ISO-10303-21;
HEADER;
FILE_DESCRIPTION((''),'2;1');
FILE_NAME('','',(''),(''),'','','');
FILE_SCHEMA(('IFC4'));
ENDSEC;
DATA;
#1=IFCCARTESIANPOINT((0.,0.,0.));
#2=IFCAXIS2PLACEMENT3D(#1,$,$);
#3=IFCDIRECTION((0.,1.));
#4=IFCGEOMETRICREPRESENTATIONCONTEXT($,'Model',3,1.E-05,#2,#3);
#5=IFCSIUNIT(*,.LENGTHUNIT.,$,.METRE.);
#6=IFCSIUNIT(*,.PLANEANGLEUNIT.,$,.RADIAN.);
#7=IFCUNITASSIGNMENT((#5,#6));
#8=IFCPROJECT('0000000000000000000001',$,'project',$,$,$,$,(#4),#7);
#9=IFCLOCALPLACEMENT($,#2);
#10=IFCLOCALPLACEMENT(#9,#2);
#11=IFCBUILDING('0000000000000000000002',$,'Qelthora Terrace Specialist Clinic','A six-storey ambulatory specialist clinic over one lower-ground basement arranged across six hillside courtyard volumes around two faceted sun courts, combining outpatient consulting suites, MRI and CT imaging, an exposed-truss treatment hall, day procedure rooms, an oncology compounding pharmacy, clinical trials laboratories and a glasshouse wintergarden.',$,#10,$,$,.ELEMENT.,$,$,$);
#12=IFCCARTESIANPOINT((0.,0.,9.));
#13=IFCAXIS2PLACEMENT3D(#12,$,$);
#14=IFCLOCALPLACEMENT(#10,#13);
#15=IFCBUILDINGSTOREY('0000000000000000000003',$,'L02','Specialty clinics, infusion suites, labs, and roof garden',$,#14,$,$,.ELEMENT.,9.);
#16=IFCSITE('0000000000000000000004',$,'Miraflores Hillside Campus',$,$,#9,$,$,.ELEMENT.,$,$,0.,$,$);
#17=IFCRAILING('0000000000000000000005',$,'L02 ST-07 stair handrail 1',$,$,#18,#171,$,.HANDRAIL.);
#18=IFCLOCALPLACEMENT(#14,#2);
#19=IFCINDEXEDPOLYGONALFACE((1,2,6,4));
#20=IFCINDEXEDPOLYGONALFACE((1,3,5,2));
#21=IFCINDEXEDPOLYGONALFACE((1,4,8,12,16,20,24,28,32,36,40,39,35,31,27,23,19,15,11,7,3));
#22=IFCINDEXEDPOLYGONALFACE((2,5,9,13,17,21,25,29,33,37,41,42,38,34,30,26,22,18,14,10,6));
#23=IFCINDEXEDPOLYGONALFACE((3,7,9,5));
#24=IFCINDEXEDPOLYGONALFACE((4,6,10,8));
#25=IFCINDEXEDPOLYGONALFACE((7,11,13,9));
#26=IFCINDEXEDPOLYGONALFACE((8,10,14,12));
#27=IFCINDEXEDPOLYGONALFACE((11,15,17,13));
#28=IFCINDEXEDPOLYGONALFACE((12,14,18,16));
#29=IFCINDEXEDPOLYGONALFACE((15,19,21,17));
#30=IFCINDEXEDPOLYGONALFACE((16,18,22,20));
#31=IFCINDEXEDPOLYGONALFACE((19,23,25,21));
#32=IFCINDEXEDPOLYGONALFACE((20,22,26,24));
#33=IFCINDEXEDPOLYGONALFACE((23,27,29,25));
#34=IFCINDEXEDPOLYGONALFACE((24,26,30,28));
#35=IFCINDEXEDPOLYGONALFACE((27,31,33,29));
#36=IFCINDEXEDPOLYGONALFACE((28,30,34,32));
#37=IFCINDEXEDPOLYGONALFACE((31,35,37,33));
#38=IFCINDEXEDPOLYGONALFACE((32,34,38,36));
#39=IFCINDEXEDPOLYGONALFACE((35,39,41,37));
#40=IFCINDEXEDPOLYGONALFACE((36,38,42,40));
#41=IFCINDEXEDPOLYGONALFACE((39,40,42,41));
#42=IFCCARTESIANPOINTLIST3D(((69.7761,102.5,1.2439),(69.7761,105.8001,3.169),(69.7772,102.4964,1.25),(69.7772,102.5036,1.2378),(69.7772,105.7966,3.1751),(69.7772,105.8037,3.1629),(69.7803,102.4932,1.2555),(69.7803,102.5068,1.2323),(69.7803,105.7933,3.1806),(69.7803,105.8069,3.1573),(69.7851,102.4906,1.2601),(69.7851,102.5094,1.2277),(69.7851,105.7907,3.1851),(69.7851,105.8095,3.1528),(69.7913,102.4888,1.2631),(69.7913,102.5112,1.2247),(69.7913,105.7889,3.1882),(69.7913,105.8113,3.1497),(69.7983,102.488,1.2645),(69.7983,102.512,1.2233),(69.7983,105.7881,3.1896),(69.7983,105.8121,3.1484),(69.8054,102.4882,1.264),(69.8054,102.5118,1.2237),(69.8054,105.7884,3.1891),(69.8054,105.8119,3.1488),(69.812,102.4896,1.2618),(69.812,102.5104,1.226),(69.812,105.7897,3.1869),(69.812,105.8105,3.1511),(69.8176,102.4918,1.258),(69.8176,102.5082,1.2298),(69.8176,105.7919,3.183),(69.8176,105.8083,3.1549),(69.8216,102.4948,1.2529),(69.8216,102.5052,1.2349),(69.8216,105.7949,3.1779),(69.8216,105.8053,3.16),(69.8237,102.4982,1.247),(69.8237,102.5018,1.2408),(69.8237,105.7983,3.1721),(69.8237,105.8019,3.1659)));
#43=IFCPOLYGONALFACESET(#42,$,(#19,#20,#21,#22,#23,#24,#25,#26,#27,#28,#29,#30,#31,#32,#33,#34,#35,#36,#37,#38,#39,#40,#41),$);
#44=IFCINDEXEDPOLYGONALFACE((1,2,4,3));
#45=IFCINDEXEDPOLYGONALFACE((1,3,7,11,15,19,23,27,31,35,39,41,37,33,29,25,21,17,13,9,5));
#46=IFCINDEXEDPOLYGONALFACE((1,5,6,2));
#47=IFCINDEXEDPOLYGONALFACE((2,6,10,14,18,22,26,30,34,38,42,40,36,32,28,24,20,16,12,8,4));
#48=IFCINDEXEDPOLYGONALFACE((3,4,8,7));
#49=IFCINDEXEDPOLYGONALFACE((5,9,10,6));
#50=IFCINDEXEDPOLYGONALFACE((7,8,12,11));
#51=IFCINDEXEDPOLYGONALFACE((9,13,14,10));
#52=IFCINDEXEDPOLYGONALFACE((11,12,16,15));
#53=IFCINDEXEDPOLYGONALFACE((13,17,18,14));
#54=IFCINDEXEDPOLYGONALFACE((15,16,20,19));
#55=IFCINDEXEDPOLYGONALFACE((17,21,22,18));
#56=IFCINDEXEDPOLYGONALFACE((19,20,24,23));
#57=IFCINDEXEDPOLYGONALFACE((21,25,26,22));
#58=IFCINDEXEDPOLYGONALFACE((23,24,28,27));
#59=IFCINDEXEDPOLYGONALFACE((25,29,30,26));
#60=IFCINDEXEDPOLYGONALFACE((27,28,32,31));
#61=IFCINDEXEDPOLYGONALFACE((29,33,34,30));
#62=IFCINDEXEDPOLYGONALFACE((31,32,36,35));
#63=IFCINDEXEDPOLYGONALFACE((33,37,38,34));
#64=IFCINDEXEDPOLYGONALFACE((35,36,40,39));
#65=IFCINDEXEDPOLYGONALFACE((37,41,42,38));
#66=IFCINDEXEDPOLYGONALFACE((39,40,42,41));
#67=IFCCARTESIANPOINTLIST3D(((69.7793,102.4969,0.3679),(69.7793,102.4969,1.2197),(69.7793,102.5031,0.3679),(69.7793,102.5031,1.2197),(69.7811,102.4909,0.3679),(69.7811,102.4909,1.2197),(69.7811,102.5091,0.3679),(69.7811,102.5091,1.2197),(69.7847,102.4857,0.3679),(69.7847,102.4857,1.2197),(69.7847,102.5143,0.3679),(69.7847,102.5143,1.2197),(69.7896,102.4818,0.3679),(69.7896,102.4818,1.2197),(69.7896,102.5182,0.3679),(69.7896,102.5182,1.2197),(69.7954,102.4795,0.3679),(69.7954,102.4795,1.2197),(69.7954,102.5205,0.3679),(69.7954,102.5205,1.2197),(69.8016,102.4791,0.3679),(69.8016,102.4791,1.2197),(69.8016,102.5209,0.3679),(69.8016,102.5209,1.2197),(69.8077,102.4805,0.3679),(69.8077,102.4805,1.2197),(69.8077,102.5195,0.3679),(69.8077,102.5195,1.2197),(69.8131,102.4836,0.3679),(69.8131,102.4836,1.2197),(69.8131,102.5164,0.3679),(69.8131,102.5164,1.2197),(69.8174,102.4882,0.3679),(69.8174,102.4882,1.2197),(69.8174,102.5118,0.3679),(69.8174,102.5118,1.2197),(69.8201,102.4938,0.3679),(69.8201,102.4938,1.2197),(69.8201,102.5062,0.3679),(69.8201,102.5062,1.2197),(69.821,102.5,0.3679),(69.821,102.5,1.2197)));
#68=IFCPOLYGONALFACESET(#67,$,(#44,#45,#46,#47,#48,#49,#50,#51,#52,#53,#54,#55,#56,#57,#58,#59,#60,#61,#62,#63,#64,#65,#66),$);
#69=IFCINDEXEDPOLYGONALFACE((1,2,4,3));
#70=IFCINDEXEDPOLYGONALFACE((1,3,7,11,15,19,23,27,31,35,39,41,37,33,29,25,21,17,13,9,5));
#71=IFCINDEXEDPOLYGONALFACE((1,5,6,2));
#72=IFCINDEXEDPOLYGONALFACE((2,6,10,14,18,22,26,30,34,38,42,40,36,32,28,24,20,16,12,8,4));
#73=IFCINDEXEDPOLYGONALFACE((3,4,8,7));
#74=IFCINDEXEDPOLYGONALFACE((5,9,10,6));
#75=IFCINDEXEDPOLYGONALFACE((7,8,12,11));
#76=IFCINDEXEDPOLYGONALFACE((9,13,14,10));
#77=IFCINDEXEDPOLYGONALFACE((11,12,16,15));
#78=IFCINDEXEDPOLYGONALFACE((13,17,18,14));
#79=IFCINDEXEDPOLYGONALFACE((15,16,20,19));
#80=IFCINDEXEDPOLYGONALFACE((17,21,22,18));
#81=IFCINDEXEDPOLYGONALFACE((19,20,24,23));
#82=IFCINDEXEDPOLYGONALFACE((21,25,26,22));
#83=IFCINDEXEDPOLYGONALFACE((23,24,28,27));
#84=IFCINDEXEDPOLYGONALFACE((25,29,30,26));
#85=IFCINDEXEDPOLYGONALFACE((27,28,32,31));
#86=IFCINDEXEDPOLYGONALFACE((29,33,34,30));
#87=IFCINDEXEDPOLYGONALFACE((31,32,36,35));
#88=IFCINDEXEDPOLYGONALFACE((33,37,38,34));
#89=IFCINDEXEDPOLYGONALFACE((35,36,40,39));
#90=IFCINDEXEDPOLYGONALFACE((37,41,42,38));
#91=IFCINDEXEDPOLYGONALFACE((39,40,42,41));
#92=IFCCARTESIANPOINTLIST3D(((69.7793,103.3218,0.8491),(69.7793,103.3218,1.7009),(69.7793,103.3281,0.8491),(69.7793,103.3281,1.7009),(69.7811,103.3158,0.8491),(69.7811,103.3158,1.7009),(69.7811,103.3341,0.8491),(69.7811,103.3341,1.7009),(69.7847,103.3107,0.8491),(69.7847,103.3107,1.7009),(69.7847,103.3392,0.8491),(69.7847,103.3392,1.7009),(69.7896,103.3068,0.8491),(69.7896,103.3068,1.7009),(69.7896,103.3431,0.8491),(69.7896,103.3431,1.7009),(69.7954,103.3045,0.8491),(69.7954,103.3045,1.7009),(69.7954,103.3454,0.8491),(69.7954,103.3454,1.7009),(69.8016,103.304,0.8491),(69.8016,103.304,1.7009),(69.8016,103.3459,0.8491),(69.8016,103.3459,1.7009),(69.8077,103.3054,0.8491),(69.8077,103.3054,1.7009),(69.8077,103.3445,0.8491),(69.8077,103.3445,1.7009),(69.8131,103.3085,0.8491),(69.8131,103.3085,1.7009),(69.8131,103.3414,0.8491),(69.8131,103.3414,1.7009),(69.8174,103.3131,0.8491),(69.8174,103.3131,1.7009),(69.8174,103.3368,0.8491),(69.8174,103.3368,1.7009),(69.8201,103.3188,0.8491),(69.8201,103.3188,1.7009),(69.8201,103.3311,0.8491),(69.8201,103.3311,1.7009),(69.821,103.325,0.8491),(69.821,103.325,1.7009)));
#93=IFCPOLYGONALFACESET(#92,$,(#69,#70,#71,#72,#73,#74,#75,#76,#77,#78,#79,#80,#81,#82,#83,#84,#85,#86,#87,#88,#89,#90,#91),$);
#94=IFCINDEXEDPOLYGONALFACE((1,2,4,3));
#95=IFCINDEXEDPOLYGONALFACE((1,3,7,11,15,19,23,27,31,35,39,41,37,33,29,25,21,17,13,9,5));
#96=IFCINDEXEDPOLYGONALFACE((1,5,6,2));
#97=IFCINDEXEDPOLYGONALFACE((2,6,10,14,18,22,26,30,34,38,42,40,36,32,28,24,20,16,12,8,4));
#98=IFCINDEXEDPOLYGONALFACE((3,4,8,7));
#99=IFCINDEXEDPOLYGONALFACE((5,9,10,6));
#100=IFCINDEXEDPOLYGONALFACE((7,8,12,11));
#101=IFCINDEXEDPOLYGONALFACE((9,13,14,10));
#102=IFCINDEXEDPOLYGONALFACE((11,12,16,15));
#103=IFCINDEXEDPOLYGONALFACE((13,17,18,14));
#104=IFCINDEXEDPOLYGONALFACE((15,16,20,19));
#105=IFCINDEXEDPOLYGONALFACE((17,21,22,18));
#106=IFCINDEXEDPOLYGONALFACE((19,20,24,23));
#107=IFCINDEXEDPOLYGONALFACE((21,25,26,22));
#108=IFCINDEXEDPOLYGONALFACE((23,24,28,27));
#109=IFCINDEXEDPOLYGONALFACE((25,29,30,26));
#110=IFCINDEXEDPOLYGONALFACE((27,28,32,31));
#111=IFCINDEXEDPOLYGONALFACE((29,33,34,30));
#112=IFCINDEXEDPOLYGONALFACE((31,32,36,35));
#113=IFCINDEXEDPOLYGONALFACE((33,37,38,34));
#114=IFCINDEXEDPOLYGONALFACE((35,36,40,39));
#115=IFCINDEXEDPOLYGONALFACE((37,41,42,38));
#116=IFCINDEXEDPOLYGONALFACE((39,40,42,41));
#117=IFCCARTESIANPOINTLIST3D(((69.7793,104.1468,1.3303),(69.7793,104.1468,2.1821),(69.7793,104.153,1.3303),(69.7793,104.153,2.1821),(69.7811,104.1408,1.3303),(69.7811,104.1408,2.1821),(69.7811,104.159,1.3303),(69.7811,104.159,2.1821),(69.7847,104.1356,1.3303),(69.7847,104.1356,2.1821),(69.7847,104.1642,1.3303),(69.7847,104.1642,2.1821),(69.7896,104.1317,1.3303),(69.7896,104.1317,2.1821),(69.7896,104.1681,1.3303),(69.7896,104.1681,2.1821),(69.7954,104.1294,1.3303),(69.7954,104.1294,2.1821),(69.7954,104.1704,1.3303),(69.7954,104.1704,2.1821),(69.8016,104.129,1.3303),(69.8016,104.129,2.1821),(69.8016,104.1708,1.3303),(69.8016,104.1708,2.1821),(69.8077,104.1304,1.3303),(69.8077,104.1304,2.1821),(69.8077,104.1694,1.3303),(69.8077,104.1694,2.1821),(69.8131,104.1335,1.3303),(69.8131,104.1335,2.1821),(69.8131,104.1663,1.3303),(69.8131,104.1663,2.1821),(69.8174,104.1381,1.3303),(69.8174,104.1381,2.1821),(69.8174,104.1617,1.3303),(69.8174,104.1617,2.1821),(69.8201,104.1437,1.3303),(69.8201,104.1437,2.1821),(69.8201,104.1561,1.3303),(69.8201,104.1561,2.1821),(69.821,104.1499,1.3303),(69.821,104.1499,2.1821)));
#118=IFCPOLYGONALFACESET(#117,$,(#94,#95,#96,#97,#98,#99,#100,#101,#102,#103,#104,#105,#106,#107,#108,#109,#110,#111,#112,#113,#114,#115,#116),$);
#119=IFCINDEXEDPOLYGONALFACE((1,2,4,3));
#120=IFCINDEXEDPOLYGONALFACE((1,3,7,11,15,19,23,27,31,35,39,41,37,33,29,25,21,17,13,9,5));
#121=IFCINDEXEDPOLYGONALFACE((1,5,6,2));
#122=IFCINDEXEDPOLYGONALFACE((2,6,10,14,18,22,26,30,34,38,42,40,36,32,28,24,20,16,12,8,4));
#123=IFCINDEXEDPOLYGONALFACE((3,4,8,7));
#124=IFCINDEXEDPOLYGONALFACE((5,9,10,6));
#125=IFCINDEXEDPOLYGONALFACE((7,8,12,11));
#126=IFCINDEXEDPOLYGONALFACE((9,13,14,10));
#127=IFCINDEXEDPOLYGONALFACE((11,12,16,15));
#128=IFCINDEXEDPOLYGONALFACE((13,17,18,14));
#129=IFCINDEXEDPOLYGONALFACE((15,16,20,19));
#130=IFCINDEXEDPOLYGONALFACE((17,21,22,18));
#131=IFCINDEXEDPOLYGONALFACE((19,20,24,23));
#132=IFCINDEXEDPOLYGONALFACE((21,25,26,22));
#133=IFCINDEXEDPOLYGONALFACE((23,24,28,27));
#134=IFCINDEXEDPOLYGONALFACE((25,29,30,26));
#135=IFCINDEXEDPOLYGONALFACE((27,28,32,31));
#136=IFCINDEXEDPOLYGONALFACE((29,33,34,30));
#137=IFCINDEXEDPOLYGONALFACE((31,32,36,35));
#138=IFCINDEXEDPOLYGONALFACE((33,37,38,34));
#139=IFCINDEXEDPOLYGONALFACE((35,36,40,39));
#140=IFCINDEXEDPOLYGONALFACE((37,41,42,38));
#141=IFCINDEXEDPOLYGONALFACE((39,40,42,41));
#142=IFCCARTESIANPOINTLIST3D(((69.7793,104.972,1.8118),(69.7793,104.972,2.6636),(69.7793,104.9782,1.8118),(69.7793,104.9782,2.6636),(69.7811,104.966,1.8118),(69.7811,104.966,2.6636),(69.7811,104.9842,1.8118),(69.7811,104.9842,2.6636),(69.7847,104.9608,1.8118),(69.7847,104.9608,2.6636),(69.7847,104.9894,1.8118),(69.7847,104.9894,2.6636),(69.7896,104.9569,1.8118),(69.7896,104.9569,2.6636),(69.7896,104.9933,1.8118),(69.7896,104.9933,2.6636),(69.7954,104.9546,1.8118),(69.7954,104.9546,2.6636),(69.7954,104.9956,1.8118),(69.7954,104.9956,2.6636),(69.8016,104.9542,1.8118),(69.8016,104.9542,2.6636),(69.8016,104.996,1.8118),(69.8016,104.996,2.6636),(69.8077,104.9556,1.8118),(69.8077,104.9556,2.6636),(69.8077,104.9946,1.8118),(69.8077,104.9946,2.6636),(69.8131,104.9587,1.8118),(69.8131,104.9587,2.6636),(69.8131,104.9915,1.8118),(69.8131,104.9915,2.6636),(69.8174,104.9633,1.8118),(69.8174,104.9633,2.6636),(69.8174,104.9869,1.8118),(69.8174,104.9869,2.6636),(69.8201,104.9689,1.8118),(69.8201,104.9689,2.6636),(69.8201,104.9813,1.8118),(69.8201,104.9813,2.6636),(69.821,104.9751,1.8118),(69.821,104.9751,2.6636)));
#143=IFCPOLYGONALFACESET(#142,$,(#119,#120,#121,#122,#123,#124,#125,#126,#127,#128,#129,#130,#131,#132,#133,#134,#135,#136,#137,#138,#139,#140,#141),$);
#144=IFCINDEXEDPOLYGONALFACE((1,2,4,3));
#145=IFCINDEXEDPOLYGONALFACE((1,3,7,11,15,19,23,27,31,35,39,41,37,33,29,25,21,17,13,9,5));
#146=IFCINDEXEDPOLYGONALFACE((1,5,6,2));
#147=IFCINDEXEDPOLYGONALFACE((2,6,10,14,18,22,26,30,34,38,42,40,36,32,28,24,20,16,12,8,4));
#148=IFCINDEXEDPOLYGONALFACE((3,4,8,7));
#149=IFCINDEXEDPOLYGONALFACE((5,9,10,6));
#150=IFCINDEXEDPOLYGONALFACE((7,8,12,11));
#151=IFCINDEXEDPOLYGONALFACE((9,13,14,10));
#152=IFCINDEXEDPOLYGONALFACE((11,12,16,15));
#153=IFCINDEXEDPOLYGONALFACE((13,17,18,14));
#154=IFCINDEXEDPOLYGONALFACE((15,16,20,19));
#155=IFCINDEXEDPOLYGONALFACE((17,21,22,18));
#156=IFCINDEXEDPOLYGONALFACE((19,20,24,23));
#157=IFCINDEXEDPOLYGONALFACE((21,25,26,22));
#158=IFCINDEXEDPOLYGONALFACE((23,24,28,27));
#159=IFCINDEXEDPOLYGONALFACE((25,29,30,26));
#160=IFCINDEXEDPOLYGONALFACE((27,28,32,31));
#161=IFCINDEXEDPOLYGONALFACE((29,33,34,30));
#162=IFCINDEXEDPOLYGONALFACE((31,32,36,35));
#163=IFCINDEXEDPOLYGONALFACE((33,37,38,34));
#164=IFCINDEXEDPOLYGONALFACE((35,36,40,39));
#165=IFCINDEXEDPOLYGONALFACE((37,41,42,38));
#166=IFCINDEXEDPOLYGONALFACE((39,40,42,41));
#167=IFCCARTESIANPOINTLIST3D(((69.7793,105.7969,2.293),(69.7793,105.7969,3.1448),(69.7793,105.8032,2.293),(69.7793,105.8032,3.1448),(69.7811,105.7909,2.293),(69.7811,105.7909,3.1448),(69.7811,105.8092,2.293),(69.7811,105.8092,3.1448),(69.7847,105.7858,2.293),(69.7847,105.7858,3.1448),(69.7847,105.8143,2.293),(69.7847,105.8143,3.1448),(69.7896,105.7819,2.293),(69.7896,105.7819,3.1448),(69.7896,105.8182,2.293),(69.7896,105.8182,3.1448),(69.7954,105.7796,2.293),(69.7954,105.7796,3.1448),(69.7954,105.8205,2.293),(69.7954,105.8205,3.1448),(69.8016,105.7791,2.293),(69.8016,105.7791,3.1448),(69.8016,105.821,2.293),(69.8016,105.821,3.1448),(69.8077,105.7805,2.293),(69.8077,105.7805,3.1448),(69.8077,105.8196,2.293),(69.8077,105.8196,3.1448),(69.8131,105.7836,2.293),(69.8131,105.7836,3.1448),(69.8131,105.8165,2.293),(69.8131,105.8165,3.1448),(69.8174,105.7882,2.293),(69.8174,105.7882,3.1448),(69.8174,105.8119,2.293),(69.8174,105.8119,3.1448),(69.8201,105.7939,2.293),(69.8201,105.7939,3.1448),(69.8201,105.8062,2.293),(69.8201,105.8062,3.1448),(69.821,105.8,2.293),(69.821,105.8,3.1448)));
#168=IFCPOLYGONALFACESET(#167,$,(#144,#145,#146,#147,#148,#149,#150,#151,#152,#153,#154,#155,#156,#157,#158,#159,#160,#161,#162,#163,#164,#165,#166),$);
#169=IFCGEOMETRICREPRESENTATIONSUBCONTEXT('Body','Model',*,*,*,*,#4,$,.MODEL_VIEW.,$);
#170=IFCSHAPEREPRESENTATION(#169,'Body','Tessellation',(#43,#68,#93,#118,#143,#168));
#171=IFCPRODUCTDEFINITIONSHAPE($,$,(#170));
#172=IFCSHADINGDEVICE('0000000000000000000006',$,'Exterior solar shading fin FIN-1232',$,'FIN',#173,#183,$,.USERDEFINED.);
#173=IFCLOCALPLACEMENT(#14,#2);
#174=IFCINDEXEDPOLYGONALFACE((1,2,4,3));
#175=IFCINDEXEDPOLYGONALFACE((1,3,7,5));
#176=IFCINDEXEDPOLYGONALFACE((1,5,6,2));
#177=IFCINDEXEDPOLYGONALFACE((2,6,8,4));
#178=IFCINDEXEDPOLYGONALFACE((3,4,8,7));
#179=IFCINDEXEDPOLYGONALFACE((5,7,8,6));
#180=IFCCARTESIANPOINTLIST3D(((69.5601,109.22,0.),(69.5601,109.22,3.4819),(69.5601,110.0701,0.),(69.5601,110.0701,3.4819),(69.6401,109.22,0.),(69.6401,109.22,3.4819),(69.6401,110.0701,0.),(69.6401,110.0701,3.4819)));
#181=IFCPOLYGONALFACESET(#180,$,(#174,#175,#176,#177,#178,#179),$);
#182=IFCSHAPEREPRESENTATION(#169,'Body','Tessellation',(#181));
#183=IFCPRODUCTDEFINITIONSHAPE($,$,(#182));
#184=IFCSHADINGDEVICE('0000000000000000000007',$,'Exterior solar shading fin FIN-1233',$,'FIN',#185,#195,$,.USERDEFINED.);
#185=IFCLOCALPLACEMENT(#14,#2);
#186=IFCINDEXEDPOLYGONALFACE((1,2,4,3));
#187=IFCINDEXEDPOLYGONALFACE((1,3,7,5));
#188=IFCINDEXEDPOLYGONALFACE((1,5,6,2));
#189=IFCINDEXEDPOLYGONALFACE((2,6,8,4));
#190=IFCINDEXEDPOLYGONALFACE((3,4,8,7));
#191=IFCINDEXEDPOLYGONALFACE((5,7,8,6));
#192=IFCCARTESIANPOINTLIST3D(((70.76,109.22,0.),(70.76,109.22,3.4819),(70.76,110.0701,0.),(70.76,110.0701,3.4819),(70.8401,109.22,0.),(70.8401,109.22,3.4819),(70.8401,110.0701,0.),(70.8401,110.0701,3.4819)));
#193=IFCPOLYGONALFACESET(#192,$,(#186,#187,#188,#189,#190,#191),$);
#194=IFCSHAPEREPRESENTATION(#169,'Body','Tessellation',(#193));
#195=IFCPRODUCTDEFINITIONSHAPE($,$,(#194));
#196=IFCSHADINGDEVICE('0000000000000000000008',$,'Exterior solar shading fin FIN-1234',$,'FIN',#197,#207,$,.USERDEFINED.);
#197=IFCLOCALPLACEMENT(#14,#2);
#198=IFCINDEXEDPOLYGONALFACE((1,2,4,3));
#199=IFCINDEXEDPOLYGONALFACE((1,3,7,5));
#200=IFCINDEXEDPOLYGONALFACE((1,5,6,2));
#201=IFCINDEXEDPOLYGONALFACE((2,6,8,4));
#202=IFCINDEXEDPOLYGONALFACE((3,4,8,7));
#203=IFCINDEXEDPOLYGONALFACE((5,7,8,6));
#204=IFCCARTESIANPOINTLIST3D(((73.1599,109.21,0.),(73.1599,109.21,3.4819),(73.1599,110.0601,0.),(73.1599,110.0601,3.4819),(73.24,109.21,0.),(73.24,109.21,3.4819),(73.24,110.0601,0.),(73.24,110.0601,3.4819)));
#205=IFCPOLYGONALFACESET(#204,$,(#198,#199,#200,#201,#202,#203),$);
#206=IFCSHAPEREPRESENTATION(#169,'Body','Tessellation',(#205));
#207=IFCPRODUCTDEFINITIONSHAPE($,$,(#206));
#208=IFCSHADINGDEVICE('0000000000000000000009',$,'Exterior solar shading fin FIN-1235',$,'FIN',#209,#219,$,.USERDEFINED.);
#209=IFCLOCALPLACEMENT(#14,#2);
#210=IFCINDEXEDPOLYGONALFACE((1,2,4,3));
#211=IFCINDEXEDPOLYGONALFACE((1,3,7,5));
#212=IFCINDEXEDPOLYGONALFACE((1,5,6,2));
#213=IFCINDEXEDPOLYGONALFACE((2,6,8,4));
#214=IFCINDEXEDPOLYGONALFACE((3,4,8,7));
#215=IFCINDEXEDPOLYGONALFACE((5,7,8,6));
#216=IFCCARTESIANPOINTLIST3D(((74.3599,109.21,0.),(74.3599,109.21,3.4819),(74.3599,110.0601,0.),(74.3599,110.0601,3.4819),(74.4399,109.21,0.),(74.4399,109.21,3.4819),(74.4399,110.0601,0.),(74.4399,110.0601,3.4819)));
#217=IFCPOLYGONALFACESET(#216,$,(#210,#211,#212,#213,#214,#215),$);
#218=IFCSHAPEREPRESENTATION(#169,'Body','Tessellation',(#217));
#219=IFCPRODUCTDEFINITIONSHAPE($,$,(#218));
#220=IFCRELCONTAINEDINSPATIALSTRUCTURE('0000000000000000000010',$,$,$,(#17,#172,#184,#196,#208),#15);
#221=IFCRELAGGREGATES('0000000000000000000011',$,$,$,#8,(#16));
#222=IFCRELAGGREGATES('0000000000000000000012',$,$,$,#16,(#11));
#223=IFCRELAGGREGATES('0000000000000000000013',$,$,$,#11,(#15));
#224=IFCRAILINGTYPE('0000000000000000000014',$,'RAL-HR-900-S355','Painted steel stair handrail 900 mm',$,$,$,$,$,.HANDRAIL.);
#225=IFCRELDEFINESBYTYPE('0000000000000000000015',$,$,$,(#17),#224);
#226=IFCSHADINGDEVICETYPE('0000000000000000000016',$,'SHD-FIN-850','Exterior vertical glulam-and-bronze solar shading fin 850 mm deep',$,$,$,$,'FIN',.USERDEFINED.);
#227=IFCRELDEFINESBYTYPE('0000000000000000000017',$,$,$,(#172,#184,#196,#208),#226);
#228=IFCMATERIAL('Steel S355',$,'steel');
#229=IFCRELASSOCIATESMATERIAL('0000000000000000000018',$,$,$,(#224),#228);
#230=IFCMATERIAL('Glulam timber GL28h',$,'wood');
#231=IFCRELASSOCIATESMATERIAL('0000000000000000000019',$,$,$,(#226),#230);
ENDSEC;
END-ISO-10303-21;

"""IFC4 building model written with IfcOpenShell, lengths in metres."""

from ifc_helpers import new_model, si_unit, direction, frame, origin, origin_2d, place, context, subcontext, project, spatial, rectangle, circle, extrude, material, type_object, element, save


model = new_model("IFC4")

# Units and contexts
model_context = context("Model", 3, precision=1e-05, world=origin(), true_north=direction((0.0, 1.0)))
body_context = subcontext(model_context, "Body", "Model", "MODEL_VIEW")
ifc_project = project(units=[si_unit("LENGTHUNIT", "METRE"), si_unit("PLANEANGLEUNIT", "RADIAN")], contexts=[model_context])

# Site, building, storey
site_placement = place(None, origin())
site = spatial("IfcSite", under=ifc_project, at=site_placement, Name="Miraflores Hillside Campus", CompositionType="ELEMENT", RefElevation=0.0)
building_placement = place(site_placement, origin())
building = spatial("IfcBuilding", under=site, at=building_placement, Name="Qelthora Terrace Specialist Clinic", Description="A six-storey ambulatory specialist clinic over one lower-ground basement arranged across six hillside courtyard volumes around two faceted sun courts, combining outpatient consulting suites, MRI and CT imaging, an exposed-truss treatment hall, day procedure rooms, an oncology compounding pharmacy, clinical trials laboratories and a glasshouse wintergarden.", CompositionType="ELEMENT")
storey_placement = place(building_placement, frame((0.0, 0.0, 9.0)))
storey = spatial("IfcBuildingStorey", under=building, at=storey_placement, Name="L02", Description="Specialty clinics, infusion suites, labs, and roof garden", CompositionType="ELEMENT", Elevation=9.0)

# Shared definitions
ifc_material_1 = material(Name="Steel S355", Category="steel")

# Railing
railing_type = type_object("IfcRailingType", Name="RAL-HR-900-S355", Description="Painted steel stair handrail 900 mm", PredefinedType="HANDRAIL", material=ifc_material_1)
railing_placement = place(storey_placement, frame((69.8, 102.5, 0.3679)))
element("IfcRailing", 1, at=railing_placement, inside=storey, type_object=railing_type, Name="L02 ST-07 stair handrail 1", PredefinedType="HANDRAIL", context=body_context, shape_type="SweptSolid", body=[
    extrude(circle(Radius=0.0239, at=origin_2d()), frame((0.0, 0.0, 0.876), z_axis=(0.0, 0.863777, 0.503875), x_axis=(-1.0, 0.0, 0.0)), (0.0, 0.0, 1.0), 3.8206),
    extrude(circle(Radius=0.021, at=origin_2d()), origin(), (0.0, 0.0, 1.0), 0.8518),
    extrude(circle(Radius=0.021, at=origin_2d()), frame((0.0, 0.825, 0.4812)), (0.0, 0.0, 1.0), 0.8518),
    extrude(circle(Radius=0.021, at=origin_2d()), frame((0.0, 1.6499, 0.9624)), (0.0, 0.0, 1.0), 0.8518),
    extrude(circle(Radius=0.021, at=origin_2d()), frame((0.0, 2.4751, 1.4438)), (0.0, 0.0, 1.0), 0.8518),
    extrude(circle(Radius=0.021, at=origin_2d()), frame((0.0, 3.3, 1.925)), (0.0, 0.0, 1.0), 0.8518),
])

# Shading devices
ifc_material_2 = material(Name="Glulam timber GL28h", Category="wood")
shading_device_type = type_object("IfcShadingDeviceType", Name="SHD-FIN-850", Description="Exterior vertical glulam-and-bronze solar shading fin 850 mm deep", ElementType="FIN", PredefinedType="USERDEFINED", material=ifc_material_2)
for number, where, z_axis, x_axis, name in (
    (2, (69.6001, 109.645, 0.0), (0.0, 0.0, 1.0), (0.0, 1.0, 0.0), "Exterior solar shading fin FIN-1232"),
    (3, (70.8, 109.645, 0.0), (0.0, 0.0, 1.0), (0.0, 1.0, 0.0), "Exterior solar shading fin FIN-1233"),
    (4, (73.2, 109.635, 0.0), (0.0, 0.0, 1.0), (0.0, 1.0, 0.0), "Exterior solar shading fin FIN-1234"),
    (5, (74.3999, 109.635, 0.0), (0.0, 0.0, 1.0), (0.0, 1.0, 0.0), "Exterior solar shading fin FIN-1235"),
):
    element("IfcShadingDevice", number, at=place(storey_placement, frame(where, z_axis=z_axis, x_axis=x_axis)), inside=storey, type_object=shading_device_type, Name=name, ObjectType="FIN", PredefinedType="USERDEFINED", context=body_context, shape_type="SweptSolid", body=[
        extrude(rectangle(XDim=0.8501, YDim=0.0801, at=origin_2d()), origin(), (0.0, 0.0, 1.0), 3.4819),
    ])

save(model, "model.ifc")
